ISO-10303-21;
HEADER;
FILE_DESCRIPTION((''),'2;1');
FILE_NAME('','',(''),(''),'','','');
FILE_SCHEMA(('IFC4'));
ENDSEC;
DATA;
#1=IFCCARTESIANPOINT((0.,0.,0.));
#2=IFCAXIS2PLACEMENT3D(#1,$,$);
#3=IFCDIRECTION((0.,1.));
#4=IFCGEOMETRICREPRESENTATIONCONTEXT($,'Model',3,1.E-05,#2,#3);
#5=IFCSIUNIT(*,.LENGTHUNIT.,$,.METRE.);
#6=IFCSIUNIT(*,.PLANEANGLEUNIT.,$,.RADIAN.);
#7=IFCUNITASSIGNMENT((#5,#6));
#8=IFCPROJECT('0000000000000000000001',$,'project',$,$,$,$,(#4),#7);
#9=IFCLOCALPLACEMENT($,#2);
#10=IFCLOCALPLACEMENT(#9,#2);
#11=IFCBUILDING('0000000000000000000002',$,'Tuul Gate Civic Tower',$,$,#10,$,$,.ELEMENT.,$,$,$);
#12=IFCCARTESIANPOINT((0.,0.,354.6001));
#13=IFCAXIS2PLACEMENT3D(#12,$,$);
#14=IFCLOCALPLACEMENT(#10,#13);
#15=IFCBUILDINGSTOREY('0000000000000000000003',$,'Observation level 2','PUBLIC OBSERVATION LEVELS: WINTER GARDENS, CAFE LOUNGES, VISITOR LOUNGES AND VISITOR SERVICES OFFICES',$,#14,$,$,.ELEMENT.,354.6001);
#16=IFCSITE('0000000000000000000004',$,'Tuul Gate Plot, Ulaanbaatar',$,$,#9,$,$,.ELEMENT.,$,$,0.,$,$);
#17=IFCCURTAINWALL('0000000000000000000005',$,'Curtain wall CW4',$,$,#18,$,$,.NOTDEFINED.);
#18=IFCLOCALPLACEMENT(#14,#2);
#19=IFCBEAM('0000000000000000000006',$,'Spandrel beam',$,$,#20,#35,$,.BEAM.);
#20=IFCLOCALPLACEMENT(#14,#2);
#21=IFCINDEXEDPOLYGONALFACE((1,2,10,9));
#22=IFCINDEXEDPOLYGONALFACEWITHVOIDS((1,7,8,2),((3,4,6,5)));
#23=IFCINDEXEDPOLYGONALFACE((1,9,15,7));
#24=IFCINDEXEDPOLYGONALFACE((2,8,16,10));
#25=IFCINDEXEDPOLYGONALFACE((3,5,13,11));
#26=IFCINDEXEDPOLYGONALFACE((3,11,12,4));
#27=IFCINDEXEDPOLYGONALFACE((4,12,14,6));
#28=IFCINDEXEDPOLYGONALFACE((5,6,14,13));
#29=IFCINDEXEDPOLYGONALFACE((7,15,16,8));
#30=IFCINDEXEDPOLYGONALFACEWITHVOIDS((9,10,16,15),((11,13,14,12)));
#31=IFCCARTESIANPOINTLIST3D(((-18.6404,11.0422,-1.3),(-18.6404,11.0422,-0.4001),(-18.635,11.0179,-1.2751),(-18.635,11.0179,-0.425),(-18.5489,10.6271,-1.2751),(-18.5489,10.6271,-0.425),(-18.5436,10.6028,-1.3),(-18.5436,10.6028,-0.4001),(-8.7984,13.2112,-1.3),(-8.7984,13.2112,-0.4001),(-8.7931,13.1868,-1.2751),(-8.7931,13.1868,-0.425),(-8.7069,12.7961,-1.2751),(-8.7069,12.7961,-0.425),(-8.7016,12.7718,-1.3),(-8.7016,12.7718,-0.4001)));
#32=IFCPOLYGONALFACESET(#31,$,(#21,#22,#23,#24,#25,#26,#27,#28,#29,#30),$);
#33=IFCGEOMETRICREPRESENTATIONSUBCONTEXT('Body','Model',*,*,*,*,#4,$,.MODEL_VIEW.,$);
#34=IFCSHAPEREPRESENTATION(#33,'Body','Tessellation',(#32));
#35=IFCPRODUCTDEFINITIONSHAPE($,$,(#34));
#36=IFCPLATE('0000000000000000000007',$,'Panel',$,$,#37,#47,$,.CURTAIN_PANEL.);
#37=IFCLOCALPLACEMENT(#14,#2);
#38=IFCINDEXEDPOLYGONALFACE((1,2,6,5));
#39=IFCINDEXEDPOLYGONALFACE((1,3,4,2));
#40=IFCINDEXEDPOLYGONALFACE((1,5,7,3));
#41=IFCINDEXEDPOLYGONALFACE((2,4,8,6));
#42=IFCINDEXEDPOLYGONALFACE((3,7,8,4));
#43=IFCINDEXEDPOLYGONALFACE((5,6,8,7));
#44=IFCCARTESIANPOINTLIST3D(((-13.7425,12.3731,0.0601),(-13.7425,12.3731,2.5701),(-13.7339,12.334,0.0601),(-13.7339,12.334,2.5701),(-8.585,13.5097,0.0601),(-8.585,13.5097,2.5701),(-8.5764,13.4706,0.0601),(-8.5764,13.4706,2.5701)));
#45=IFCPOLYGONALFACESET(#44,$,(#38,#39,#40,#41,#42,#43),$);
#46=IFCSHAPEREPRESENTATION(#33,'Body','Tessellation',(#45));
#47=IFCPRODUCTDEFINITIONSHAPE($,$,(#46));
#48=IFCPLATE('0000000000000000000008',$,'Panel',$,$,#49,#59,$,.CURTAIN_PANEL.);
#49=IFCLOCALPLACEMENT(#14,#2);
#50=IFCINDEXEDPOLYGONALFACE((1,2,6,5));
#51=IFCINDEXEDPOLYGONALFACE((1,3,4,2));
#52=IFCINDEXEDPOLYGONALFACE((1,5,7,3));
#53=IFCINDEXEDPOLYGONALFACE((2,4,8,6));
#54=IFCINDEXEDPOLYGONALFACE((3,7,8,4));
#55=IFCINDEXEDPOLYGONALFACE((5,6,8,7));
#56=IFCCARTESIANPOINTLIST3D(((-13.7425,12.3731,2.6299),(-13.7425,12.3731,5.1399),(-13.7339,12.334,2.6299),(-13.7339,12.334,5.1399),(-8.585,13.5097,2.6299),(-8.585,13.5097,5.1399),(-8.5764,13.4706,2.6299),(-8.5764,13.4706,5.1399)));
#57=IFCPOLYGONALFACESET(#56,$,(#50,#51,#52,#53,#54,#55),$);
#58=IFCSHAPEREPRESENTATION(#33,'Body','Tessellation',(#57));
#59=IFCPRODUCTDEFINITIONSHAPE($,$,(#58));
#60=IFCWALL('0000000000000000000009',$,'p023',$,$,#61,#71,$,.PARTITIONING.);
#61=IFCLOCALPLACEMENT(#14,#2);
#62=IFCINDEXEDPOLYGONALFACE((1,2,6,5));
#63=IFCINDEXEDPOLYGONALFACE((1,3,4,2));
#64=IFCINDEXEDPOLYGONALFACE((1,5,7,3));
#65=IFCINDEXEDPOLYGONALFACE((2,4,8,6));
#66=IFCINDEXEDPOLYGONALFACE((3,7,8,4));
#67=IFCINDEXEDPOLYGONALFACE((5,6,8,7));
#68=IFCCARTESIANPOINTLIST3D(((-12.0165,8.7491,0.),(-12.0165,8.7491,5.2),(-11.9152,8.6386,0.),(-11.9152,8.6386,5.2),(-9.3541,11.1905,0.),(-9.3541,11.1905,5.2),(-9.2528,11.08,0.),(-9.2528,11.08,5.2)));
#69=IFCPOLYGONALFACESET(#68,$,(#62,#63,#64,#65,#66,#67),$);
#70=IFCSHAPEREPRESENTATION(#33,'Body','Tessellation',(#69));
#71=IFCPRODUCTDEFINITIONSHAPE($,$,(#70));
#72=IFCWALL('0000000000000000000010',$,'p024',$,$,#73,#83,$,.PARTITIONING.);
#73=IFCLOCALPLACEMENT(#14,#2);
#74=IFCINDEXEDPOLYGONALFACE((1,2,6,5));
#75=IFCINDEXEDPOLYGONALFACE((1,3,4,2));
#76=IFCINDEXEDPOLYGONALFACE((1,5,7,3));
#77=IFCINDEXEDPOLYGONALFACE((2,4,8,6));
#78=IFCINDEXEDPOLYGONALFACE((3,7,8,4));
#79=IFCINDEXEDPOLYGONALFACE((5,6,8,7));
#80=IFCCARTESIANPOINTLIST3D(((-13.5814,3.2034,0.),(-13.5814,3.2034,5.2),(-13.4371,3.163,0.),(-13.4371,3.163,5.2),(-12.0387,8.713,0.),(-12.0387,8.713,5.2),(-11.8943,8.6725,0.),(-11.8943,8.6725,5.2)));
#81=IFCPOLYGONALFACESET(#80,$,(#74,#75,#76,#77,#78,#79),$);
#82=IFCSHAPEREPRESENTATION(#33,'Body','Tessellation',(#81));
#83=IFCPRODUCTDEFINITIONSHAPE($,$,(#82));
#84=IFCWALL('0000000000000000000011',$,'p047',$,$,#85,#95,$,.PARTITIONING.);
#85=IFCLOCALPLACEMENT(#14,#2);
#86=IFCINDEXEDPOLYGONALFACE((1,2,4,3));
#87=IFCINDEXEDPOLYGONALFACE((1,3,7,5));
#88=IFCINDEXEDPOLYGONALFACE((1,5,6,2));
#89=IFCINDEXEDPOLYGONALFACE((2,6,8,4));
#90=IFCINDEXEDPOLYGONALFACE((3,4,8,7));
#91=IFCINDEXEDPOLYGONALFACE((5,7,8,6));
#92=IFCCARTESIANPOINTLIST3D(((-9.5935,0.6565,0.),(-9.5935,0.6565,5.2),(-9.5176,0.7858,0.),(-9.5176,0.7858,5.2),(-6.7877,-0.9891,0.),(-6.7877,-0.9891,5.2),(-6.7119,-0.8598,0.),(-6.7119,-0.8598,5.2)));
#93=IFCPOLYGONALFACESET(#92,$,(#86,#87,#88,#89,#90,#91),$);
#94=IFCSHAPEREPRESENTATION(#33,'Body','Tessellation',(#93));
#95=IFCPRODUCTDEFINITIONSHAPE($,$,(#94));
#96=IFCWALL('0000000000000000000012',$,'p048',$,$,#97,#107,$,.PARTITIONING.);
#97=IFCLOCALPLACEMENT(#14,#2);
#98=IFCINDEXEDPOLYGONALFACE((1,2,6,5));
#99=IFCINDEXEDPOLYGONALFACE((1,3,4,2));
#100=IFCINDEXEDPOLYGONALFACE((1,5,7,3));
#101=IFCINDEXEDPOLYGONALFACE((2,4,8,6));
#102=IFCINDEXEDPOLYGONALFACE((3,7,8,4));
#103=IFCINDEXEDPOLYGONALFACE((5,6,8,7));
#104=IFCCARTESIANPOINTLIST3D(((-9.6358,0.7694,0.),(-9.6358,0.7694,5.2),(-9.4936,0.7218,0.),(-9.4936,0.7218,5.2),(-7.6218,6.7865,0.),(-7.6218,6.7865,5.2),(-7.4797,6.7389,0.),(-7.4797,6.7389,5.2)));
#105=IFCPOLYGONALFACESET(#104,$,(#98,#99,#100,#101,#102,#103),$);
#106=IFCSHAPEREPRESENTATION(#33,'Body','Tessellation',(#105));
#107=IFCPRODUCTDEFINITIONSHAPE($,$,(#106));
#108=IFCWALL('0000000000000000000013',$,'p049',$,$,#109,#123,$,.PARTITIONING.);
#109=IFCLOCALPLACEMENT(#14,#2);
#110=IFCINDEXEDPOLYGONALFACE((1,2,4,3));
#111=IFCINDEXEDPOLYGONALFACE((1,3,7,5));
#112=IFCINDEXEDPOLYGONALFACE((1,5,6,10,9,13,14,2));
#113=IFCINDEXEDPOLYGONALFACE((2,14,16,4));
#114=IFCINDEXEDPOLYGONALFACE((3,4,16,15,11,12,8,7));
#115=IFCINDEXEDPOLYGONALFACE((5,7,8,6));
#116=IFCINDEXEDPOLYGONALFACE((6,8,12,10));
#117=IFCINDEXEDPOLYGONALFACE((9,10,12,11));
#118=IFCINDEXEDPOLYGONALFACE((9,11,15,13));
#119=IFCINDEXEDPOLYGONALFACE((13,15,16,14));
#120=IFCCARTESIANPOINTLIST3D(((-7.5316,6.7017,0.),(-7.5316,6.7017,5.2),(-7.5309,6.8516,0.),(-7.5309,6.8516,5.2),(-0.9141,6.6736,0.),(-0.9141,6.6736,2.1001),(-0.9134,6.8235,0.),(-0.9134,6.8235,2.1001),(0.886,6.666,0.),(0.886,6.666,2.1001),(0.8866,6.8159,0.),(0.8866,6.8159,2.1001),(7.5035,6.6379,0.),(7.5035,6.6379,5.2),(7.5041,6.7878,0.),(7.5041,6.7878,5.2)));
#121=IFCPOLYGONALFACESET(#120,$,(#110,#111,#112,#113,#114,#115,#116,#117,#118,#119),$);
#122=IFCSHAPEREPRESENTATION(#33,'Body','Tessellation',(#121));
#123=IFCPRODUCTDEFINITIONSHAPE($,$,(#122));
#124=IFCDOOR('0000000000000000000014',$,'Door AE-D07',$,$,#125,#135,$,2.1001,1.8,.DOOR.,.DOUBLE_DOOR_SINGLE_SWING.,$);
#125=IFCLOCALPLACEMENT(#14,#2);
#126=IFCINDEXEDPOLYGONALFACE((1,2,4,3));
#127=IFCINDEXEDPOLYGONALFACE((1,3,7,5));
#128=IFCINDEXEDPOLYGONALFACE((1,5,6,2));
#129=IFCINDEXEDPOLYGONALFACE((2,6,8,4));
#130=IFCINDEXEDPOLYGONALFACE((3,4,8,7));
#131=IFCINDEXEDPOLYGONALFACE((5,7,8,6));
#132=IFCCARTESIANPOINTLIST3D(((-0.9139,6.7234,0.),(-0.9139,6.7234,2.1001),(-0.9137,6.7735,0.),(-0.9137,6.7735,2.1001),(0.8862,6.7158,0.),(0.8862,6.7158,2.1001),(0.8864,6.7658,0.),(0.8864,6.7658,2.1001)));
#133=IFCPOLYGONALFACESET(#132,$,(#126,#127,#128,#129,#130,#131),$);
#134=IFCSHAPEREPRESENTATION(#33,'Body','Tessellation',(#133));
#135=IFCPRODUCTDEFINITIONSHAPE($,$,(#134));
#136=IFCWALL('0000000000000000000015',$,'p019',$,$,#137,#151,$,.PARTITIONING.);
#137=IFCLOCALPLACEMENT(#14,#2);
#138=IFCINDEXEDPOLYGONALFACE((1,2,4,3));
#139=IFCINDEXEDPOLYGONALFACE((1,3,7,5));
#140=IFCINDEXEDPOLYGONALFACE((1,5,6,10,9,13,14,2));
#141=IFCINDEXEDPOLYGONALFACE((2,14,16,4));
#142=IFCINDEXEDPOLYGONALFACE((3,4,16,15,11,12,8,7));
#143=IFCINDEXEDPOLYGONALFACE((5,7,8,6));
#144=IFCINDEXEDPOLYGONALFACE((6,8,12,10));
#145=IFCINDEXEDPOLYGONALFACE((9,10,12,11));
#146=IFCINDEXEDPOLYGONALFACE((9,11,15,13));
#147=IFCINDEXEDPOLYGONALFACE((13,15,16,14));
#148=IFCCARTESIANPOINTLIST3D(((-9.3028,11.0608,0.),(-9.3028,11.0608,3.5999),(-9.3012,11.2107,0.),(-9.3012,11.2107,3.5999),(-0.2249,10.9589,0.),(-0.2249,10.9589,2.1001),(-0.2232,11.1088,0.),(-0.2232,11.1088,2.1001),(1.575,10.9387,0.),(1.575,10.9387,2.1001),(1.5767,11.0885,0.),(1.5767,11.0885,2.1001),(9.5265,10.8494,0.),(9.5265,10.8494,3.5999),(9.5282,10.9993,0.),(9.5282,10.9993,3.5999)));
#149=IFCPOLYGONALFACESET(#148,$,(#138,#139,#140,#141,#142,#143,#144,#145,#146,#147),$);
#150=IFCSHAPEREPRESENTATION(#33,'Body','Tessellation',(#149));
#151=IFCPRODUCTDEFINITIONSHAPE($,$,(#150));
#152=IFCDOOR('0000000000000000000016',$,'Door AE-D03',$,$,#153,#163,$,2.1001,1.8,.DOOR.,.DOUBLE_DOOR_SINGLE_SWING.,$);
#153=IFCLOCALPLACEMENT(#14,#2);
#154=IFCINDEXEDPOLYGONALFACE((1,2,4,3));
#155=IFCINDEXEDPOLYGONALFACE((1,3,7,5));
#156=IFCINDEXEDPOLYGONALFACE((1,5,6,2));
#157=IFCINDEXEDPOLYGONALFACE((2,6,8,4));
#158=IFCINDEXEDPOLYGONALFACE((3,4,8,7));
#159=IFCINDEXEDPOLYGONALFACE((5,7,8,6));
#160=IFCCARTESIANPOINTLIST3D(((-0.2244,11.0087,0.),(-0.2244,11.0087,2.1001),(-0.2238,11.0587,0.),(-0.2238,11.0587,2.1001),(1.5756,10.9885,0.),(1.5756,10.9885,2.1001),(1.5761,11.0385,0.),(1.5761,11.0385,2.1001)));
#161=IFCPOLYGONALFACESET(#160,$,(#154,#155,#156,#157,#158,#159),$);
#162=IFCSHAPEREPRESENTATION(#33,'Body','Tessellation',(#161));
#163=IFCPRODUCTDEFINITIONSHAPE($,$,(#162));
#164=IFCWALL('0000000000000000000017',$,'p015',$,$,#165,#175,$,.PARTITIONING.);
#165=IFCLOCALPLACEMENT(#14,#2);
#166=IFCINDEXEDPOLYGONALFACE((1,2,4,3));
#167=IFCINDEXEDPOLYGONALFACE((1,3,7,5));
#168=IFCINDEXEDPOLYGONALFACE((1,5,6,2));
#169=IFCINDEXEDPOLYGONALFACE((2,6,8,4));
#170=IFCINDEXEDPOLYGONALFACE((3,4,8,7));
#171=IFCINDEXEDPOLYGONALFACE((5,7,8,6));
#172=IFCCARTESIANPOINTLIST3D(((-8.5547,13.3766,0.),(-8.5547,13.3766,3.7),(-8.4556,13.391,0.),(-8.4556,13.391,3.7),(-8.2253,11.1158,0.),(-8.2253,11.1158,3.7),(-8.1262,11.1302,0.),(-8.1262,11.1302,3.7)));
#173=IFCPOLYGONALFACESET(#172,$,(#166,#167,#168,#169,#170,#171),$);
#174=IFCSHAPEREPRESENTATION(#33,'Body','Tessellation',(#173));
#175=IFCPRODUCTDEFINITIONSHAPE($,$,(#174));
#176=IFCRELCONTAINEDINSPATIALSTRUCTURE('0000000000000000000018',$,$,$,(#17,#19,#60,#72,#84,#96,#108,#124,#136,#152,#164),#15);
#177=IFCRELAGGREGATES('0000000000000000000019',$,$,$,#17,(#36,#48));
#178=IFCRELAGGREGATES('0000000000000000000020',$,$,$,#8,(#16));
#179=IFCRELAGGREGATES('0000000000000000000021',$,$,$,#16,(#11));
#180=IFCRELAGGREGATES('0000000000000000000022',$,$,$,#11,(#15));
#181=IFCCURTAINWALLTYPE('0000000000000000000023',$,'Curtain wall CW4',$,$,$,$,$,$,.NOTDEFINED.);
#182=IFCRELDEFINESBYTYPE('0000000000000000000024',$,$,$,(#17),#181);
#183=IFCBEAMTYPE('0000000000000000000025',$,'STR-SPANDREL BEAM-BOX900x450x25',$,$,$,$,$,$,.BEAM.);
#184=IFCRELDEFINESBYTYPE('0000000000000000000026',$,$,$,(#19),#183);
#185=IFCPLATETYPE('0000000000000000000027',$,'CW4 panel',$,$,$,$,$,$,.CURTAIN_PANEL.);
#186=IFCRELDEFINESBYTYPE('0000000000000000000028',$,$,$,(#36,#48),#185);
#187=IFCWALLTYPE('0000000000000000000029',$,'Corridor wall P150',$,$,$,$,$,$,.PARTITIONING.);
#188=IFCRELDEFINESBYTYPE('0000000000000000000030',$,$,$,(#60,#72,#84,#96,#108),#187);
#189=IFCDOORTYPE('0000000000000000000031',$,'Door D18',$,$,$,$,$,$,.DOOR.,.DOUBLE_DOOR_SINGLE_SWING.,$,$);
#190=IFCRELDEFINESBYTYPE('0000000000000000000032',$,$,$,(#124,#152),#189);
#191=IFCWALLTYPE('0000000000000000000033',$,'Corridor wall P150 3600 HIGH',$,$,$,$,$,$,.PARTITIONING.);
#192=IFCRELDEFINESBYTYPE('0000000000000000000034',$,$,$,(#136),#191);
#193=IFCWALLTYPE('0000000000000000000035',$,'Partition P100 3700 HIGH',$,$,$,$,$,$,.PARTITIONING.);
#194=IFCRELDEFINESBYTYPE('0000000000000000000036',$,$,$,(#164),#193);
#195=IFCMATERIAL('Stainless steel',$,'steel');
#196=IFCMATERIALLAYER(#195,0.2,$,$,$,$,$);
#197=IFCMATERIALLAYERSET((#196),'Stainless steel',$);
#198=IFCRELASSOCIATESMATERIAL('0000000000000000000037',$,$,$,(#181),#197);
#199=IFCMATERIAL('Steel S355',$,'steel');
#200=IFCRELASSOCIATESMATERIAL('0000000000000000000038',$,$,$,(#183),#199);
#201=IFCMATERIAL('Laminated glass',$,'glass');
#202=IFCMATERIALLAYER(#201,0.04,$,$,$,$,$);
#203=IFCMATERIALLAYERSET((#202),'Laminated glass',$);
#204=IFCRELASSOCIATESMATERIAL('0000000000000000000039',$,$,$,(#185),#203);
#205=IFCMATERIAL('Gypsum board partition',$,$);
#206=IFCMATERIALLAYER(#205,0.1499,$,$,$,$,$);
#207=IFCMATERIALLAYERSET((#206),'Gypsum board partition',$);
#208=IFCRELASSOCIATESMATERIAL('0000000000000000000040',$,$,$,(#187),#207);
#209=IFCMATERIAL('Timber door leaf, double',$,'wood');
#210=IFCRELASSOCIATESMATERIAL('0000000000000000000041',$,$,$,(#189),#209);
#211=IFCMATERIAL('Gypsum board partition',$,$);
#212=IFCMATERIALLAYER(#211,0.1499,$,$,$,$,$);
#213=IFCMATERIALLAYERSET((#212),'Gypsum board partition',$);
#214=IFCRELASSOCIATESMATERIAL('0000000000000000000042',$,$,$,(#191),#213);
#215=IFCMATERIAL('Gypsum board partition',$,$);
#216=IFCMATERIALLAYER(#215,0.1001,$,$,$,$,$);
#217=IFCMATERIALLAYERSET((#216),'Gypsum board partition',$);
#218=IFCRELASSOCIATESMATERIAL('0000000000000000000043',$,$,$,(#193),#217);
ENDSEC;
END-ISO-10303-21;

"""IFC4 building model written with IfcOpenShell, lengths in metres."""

from ifc_helpers import new_model, si_unit, direction, frame, frame_2d, origin, origin_2d, place, context, subcontext, project, spatial, rectangle, hollow_rectangle, extrude, material, layer, layer_set, material_profile, profile_set, type_object, element, fill, aggregate, save


model = new_model("IFC4")

# Units and contexts
model_context = context("Model", 3, precision=1e-05, world=origin(), true_north=direction((0.0, 1.0)))
body_context = subcontext(model_context, "Body", "Model", "MODEL_VIEW")
ifc_project = project(units=[si_unit("LENGTHUNIT", "METRE"), si_unit("PLANEANGLEUNIT", "RADIAN")], contexts=[model_context])

# Site, building, storey
site_placement = place(None, origin())
site = spatial("IfcSite", under=ifc_project, at=site_placement, Name="Tuul Gate Plot, Ulaanbaatar", CompositionType="ELEMENT", RefElevation=0.0)
building_placement = place(site_placement, origin())
building = spatial("IfcBuilding", under=site, at=building_placement, Name="Tuul Gate Civic Tower", CompositionType="ELEMENT")
storey_placement = place(building_placement, frame((0.0, 0.0, 354.6001)))
storey = spatial("IfcBuildingStorey", under=building, at=storey_placement, Name="Observation level 2", Description="PUBLIC OBSERVATION LEVELS: WINTER GARDENS, CAFE LOUNGES, VISITOR LOUNGES AND VISITOR SERVICES OFFICES", CompositionType="ELEMENT", Elevation=354.6001)

# Shared definitions
ifc_material_1 = material(Name="Stainless steel", Category="steel")
ifc_layer_1 = layer(ifc_material_1, 0.2)
ifc_layer_set_1 = layer_set([ifc_layer_1], Name="Stainless steel")
curtain_wall_type = type_object("IfcCurtainWallType", Name="Curtain wall CW4", PredefinedType="NOTDEFINED", material=ifc_layer_set_1)

# Curtain wall
curtain_wall_1_placement = place(storey_placement, origin())
curtain_wall_1 = element("IfcCurtainWall", 1, at=curtain_wall_1_placement, inside=storey, type_object=curtain_wall_type, Name="Curtain wall CW4", PredefinedType="NOTDEFINED")

# Beam
ifc_material_2 = material(Name="Steel S355", Category="steel")
ifc_material_profile_1 = material_profile(ifc_material_2, hollow_rectangle(XDim=0.45, YDim=0.8999, WallThickness=0.0249, at=origin_2d()), Name="BOX900x450x25")
ifc_profile_set_1 = profile_set([ifc_material_profile_1], Name="Steel S355")
beam_type_1 = type_object("IfcBeamType", Name="STR-SPANDREL BEAM-BOX900x450x25", PredefinedType="BEAM", material=ifc_profile_set_1)
beam_1_placement = place(storey_placement, frame((-8.75, 12.9915, -0.8501), z_axis=(-0.976567, -0.215212, 0.0), x_axis=(0.215212, -0.976567, 0.0)))
element("IfcBeam", 2, at=beam_1_placement, inside=storey, type_object=beam_type_1, Name="Spandrel beam", PredefinedType="BEAM", context=body_context, shape_type="SweptSolid", body=[
    extrude(hollow_rectangle(XDim=0.45, YDim=0.8999, WallThickness=0.0249, at=origin_2d()), origin(), (0.0, 0.0, 1.0), 10.0781),
])

# Plates
ifc_material_3 = material(Name="Laminated glass", Category="glass")
ifc_layer_2 = layer(ifc_material_3, 0.04)
ifc_layer_set_2 = layer_set([ifc_layer_2], Name="Laminated glass")
plate_type = type_object("IfcPlateType", Name="CW4 panel", PredefinedType="CURTAIN_PANEL", material=ifc_layer_set_2)
plate_1_placement = place(storey_placement, frame((-11.1594, 12.9219, 0.0601), z_axis=(0.0, 0.0, 1.0), x_axis=(-0.976567, -0.215215, 0.0)))
plate_1 = element("IfcPlate", 3, at=plate_1_placement, type_object=plate_type, Name="Panel", PredefinedType="CURTAIN_PANEL", context=body_context, shape_type="SweptSolid", body=[
    extrude(rectangle(XDim=5.2812, YDim=0.04, at=origin_2d()), origin(), (0.0, 0.0, 1.0), 2.51),
])
plate_2_placement = place(storey_placement, frame((-11.1594, 12.9219, 2.6299), z_axis=(0.0, 0.0, 1.0), x_axis=(-0.976567, -0.215215, 0.0)))
plate_2 = element("IfcPlate", 4, at=plate_2_placement, type_object=plate_type, Name="Panel", PredefinedType="CURTAIN_PANEL", context=body_context, shape_type="SweptSolid", body=[
    extrude(rectangle(XDim=5.2812, YDim=0.04, at=origin_2d()), origin(), (0.0, 0.0, 1.0), 2.51),
])
aggregate(curtain_wall_1, [plate_1, plate_2])

# Walls
ifc_material_4 = material(Name="Gypsum board partition")
ifc_layer_3 = layer(ifc_material_4, 0.1499)
ifc_layer_set_3 = layer_set([ifc_layer_3], Name="Gypsum board partition")
wall_type_1 = type_object("IfcWallType", Name="Corridor wall P150", PredefinedType="PARTITIONING", material=ifc_layer_set_3)
wall_1_placement = place(storey_placement, frame((-11.9658, 8.6938, 0.0), z_axis=(0.0, 0.0, 1.0), x_axis=(0.737028, 0.675862, 0.0)))
element("IfcWall", 5, at=wall_1_placement, inside=storey, type_object=wall_type_1, Name="p023", PredefinedType="PARTITIONING", context=body_context, shape_type="SweptSolid", body=[
    extrude(rectangle(XDim=3.6123, YDim=0.1499, at=frame_2d((1.8062, 0.0))), origin(), (0.0, 0.0, 1.0), 5.2),
])
wall_2_placement = place(storey_placement, frame((-13.5093, 3.1831, 0.0), z_axis=(0.0, 0.0, 1.0), x_axis=(0.269639, 0.962961, 0.0)))
element("IfcWall", 6, at=wall_2_placement, inside=storey, type_object=wall_type_1, Name="p024", PredefinedType="PARTITIONING", context=body_context, shape_type="SweptSolid", body=[
    extrude(rectangle(XDim=5.7214, YDim=0.1499, at=frame_2d((2.8608, 0.0))), origin(), (0.0, 0.0, 1.0), 5.2),
])
wall_3_placement = place(storey_placement, frame((-9.5557, 0.7212, 0.0), z_axis=(0.0, 0.0, 1.0), x_axis=(0.86259, -0.505904, 0.0)))
element("IfcWall", 7, at=wall_3_placement, inside=storey, type_object=wall_type_1, Name="p047", PredefinedType="PARTITIONING", context=body_context, shape_type="SweptSolid", body=[
    extrude(rectangle(XDim=3.2527, YDim=0.1499, at=frame_2d((1.6265, 0.0))), origin(), (0.0, 0.0, 1.0), 5.2),
])
wall_4_placement = place(storey_placement, frame((-9.5647, 0.7456, 0.0), z_axis=(0.0, 0.0, 1.0), x_axis=(0.317393, 0.948294, 0.0)))
element("IfcWall", 8, at=wall_4_placement, inside=storey, type_object=wall_type_1, Name="p048", PredefinedType="PARTITIONING", context=body_context, shape_type="SweptSolid", body=[
    extrude(rectangle(XDim=6.3452, YDim=0.1499, at=frame_2d((3.1726, 0.0))), origin(), (0.0, 0.0, 1.0), 5.2),
])

# Walls, openings, doors
wall_5_placement = place(storey_placement, frame((-7.5312, 6.7766, 0.0), z_axis=(0.0, 0.0, 1.0), x_axis=(0.999991, -0.004238, 0.0)))
wall_5 = element("IfcWall", 9, at=wall_5_placement, inside=storey, type_object=wall_type_1, Name="p049", PredefinedType="PARTITIONING", context=body_context, shape_type="SweptSolid", body=[
    extrude(rectangle(XDim=15.0352, YDim=0.1499, at=frame_2d((7.5176, 0.0))), origin(), (0.0, 0.0, 1.0), 5.2),
])
opening_1_placement = place(wall_5_placement, frame((6.6177, 0.0, 0.0)))
opening_1 = element("IfcOpeningElement", 10, at=opening_1_placement, cuts=wall_5, PredefinedType="OPENING", context=body_context, shape_type="SweptSolid", body=[
    extrude(rectangle(XDim=1.8, YDim=2.1001, at=frame_2d((0.8999, 1.05))), frame((0.0, 0.085, 0.0), z_axis=(0.0, -1.0, 0.0), x_axis=(1.0, 0.0, 0.0)), (0.0, 0.0, 1.0), 0.1699),
])
ifc_material_5 = material(Name="Timber door leaf, double", Category="wood")
door_type = type_object("IfcDoorType", Name="Door D18", OperationType="DOUBLE_DOOR_SINGLE_SWING", PredefinedType="DOOR", material=ifc_material_5)
door_1_placement = place(opening_1_placement, origin())
door_1 = element("IfcDoor", 11, at=door_1_placement, inside=storey, type_object=door_type, Name="Door AE-D07", OperationType="DOUBLE_DOOR_SINGLE_SWING", OverallHeight=2.1001, OverallWidth=1.8, PredefinedType="DOOR", context=body_context, shape_type="SweptSolid", body=[
    extrude(rectangle(XDim=1.8, YDim=2.1001, at=frame_2d((0.8999, 1.05))), frame((0.0, 0.0249, 0.0), z_axis=(0.0, -1.0, 0.0), x_axis=(1.0, 0.0, 0.0)), (0.0, 0.0, 1.0), 0.05),
])
fill(opening_1, door_1)
ifc_material_6 = material(Name="Gypsum board partition")
ifc_layer_4 = layer(ifc_material_6, 0.1499)
ifc_layer_set_4 = layer_set([ifc_layer_4], Name="Gypsum board partition")
wall_type_2 = type_object("IfcWallType", Name="Corridor wall P150 3600 HIGH", PredefinedType="PARTITIONING", material=ifc_layer_set_4)
wall_6_placement = place(storey_placement, frame((-9.302, 11.1357, 0.0), z_axis=(0.0, 0.0, 1.0), x_axis=(0.999937, -0.011228, 0.0)))
wall_6 = element("IfcWall", 12, at=wall_6_placement, inside=storey, type_object=wall_type_2, Name="p019", PredefinedType="PARTITIONING", context=body_context, shape_type="SweptSolid", body=[
    extrude(rectangle(XDim=18.8306, YDim=0.1499, at=frame_2d((9.4153, 0.0))), origin(), (0.0, 0.0, 1.0), 3.5999),
])
opening_2_placement = place(wall_6_placement, frame((9.0786, 0.0, 0.0)))
opening_2 = element("IfcOpeningElement", 13, at=opening_2_placement, cuts=wall_6, PredefinedType="OPENING", context=body_context, shape_type="SweptSolid", body=[
    extrude(rectangle(XDim=1.8, YDim=2.1001, at=frame_2d((0.8999, 1.05))), frame((0.0, 0.085, 0.0), z_axis=(0.0, -1.0, 0.0), x_axis=(1.0, 0.0, 0.0)), (0.0, 0.0, 1.0), 0.1699),
])
door_2_placement = place(opening_2_placement, origin())
door_2 = element("IfcDoor", 14, at=door_2_placement, inside=storey, type_object=door_type, Name="Door AE-D03", OperationType="DOUBLE_DOOR_SINGLE_SWING", OverallHeight=2.1001, OverallWidth=1.8, PredefinedType="DOOR", context=body_context, shape_type="SweptSolid", body=[
    extrude(rectangle(XDim=1.8, YDim=2.1001, at=frame_2d((0.8999, 1.05))), frame((0.0, 0.0249, 0.0), z_axis=(0.0, -1.0, 0.0), x_axis=(1.0, 0.0, 0.0)), (0.0, 0.0, 1.0), 0.05),
])
fill(opening_2, door_2)

# Wall
ifc_material_7 = material(Name="Gypsum board partition")
ifc_layer_5 = layer(ifc_material_7, 0.1001)
ifc_layer_set_5 = layer_set([ifc_layer_5], Name="Gypsum board partition")
wall_type_3 = type_object("IfcWallType", Name="Partition P100 3700 HIGH", PredefinedType="PARTITIONING", material=ifc_layer_set_5)
wall_7_placement = place(storey_placement, frame((-8.5051, 13.3838, 0.0), z_axis=(0.0, 0.0, 1.0), x_axis=(0.144159, -0.989555, 0.0)))
element("IfcWall", 15, at=wall_7_placement, inside=storey, type_object=wall_type_3, Name="p015", PredefinedType="PARTITIONING", context=body_context, shape_type="SweptSolid", body=[
    extrude(rectangle(XDim=2.2847, YDim=0.1001, at=frame_2d((1.1423, 0.0))), origin(), (0.0, 0.0, 1.0), 3.7),
])

save(model, "model.ifc")
